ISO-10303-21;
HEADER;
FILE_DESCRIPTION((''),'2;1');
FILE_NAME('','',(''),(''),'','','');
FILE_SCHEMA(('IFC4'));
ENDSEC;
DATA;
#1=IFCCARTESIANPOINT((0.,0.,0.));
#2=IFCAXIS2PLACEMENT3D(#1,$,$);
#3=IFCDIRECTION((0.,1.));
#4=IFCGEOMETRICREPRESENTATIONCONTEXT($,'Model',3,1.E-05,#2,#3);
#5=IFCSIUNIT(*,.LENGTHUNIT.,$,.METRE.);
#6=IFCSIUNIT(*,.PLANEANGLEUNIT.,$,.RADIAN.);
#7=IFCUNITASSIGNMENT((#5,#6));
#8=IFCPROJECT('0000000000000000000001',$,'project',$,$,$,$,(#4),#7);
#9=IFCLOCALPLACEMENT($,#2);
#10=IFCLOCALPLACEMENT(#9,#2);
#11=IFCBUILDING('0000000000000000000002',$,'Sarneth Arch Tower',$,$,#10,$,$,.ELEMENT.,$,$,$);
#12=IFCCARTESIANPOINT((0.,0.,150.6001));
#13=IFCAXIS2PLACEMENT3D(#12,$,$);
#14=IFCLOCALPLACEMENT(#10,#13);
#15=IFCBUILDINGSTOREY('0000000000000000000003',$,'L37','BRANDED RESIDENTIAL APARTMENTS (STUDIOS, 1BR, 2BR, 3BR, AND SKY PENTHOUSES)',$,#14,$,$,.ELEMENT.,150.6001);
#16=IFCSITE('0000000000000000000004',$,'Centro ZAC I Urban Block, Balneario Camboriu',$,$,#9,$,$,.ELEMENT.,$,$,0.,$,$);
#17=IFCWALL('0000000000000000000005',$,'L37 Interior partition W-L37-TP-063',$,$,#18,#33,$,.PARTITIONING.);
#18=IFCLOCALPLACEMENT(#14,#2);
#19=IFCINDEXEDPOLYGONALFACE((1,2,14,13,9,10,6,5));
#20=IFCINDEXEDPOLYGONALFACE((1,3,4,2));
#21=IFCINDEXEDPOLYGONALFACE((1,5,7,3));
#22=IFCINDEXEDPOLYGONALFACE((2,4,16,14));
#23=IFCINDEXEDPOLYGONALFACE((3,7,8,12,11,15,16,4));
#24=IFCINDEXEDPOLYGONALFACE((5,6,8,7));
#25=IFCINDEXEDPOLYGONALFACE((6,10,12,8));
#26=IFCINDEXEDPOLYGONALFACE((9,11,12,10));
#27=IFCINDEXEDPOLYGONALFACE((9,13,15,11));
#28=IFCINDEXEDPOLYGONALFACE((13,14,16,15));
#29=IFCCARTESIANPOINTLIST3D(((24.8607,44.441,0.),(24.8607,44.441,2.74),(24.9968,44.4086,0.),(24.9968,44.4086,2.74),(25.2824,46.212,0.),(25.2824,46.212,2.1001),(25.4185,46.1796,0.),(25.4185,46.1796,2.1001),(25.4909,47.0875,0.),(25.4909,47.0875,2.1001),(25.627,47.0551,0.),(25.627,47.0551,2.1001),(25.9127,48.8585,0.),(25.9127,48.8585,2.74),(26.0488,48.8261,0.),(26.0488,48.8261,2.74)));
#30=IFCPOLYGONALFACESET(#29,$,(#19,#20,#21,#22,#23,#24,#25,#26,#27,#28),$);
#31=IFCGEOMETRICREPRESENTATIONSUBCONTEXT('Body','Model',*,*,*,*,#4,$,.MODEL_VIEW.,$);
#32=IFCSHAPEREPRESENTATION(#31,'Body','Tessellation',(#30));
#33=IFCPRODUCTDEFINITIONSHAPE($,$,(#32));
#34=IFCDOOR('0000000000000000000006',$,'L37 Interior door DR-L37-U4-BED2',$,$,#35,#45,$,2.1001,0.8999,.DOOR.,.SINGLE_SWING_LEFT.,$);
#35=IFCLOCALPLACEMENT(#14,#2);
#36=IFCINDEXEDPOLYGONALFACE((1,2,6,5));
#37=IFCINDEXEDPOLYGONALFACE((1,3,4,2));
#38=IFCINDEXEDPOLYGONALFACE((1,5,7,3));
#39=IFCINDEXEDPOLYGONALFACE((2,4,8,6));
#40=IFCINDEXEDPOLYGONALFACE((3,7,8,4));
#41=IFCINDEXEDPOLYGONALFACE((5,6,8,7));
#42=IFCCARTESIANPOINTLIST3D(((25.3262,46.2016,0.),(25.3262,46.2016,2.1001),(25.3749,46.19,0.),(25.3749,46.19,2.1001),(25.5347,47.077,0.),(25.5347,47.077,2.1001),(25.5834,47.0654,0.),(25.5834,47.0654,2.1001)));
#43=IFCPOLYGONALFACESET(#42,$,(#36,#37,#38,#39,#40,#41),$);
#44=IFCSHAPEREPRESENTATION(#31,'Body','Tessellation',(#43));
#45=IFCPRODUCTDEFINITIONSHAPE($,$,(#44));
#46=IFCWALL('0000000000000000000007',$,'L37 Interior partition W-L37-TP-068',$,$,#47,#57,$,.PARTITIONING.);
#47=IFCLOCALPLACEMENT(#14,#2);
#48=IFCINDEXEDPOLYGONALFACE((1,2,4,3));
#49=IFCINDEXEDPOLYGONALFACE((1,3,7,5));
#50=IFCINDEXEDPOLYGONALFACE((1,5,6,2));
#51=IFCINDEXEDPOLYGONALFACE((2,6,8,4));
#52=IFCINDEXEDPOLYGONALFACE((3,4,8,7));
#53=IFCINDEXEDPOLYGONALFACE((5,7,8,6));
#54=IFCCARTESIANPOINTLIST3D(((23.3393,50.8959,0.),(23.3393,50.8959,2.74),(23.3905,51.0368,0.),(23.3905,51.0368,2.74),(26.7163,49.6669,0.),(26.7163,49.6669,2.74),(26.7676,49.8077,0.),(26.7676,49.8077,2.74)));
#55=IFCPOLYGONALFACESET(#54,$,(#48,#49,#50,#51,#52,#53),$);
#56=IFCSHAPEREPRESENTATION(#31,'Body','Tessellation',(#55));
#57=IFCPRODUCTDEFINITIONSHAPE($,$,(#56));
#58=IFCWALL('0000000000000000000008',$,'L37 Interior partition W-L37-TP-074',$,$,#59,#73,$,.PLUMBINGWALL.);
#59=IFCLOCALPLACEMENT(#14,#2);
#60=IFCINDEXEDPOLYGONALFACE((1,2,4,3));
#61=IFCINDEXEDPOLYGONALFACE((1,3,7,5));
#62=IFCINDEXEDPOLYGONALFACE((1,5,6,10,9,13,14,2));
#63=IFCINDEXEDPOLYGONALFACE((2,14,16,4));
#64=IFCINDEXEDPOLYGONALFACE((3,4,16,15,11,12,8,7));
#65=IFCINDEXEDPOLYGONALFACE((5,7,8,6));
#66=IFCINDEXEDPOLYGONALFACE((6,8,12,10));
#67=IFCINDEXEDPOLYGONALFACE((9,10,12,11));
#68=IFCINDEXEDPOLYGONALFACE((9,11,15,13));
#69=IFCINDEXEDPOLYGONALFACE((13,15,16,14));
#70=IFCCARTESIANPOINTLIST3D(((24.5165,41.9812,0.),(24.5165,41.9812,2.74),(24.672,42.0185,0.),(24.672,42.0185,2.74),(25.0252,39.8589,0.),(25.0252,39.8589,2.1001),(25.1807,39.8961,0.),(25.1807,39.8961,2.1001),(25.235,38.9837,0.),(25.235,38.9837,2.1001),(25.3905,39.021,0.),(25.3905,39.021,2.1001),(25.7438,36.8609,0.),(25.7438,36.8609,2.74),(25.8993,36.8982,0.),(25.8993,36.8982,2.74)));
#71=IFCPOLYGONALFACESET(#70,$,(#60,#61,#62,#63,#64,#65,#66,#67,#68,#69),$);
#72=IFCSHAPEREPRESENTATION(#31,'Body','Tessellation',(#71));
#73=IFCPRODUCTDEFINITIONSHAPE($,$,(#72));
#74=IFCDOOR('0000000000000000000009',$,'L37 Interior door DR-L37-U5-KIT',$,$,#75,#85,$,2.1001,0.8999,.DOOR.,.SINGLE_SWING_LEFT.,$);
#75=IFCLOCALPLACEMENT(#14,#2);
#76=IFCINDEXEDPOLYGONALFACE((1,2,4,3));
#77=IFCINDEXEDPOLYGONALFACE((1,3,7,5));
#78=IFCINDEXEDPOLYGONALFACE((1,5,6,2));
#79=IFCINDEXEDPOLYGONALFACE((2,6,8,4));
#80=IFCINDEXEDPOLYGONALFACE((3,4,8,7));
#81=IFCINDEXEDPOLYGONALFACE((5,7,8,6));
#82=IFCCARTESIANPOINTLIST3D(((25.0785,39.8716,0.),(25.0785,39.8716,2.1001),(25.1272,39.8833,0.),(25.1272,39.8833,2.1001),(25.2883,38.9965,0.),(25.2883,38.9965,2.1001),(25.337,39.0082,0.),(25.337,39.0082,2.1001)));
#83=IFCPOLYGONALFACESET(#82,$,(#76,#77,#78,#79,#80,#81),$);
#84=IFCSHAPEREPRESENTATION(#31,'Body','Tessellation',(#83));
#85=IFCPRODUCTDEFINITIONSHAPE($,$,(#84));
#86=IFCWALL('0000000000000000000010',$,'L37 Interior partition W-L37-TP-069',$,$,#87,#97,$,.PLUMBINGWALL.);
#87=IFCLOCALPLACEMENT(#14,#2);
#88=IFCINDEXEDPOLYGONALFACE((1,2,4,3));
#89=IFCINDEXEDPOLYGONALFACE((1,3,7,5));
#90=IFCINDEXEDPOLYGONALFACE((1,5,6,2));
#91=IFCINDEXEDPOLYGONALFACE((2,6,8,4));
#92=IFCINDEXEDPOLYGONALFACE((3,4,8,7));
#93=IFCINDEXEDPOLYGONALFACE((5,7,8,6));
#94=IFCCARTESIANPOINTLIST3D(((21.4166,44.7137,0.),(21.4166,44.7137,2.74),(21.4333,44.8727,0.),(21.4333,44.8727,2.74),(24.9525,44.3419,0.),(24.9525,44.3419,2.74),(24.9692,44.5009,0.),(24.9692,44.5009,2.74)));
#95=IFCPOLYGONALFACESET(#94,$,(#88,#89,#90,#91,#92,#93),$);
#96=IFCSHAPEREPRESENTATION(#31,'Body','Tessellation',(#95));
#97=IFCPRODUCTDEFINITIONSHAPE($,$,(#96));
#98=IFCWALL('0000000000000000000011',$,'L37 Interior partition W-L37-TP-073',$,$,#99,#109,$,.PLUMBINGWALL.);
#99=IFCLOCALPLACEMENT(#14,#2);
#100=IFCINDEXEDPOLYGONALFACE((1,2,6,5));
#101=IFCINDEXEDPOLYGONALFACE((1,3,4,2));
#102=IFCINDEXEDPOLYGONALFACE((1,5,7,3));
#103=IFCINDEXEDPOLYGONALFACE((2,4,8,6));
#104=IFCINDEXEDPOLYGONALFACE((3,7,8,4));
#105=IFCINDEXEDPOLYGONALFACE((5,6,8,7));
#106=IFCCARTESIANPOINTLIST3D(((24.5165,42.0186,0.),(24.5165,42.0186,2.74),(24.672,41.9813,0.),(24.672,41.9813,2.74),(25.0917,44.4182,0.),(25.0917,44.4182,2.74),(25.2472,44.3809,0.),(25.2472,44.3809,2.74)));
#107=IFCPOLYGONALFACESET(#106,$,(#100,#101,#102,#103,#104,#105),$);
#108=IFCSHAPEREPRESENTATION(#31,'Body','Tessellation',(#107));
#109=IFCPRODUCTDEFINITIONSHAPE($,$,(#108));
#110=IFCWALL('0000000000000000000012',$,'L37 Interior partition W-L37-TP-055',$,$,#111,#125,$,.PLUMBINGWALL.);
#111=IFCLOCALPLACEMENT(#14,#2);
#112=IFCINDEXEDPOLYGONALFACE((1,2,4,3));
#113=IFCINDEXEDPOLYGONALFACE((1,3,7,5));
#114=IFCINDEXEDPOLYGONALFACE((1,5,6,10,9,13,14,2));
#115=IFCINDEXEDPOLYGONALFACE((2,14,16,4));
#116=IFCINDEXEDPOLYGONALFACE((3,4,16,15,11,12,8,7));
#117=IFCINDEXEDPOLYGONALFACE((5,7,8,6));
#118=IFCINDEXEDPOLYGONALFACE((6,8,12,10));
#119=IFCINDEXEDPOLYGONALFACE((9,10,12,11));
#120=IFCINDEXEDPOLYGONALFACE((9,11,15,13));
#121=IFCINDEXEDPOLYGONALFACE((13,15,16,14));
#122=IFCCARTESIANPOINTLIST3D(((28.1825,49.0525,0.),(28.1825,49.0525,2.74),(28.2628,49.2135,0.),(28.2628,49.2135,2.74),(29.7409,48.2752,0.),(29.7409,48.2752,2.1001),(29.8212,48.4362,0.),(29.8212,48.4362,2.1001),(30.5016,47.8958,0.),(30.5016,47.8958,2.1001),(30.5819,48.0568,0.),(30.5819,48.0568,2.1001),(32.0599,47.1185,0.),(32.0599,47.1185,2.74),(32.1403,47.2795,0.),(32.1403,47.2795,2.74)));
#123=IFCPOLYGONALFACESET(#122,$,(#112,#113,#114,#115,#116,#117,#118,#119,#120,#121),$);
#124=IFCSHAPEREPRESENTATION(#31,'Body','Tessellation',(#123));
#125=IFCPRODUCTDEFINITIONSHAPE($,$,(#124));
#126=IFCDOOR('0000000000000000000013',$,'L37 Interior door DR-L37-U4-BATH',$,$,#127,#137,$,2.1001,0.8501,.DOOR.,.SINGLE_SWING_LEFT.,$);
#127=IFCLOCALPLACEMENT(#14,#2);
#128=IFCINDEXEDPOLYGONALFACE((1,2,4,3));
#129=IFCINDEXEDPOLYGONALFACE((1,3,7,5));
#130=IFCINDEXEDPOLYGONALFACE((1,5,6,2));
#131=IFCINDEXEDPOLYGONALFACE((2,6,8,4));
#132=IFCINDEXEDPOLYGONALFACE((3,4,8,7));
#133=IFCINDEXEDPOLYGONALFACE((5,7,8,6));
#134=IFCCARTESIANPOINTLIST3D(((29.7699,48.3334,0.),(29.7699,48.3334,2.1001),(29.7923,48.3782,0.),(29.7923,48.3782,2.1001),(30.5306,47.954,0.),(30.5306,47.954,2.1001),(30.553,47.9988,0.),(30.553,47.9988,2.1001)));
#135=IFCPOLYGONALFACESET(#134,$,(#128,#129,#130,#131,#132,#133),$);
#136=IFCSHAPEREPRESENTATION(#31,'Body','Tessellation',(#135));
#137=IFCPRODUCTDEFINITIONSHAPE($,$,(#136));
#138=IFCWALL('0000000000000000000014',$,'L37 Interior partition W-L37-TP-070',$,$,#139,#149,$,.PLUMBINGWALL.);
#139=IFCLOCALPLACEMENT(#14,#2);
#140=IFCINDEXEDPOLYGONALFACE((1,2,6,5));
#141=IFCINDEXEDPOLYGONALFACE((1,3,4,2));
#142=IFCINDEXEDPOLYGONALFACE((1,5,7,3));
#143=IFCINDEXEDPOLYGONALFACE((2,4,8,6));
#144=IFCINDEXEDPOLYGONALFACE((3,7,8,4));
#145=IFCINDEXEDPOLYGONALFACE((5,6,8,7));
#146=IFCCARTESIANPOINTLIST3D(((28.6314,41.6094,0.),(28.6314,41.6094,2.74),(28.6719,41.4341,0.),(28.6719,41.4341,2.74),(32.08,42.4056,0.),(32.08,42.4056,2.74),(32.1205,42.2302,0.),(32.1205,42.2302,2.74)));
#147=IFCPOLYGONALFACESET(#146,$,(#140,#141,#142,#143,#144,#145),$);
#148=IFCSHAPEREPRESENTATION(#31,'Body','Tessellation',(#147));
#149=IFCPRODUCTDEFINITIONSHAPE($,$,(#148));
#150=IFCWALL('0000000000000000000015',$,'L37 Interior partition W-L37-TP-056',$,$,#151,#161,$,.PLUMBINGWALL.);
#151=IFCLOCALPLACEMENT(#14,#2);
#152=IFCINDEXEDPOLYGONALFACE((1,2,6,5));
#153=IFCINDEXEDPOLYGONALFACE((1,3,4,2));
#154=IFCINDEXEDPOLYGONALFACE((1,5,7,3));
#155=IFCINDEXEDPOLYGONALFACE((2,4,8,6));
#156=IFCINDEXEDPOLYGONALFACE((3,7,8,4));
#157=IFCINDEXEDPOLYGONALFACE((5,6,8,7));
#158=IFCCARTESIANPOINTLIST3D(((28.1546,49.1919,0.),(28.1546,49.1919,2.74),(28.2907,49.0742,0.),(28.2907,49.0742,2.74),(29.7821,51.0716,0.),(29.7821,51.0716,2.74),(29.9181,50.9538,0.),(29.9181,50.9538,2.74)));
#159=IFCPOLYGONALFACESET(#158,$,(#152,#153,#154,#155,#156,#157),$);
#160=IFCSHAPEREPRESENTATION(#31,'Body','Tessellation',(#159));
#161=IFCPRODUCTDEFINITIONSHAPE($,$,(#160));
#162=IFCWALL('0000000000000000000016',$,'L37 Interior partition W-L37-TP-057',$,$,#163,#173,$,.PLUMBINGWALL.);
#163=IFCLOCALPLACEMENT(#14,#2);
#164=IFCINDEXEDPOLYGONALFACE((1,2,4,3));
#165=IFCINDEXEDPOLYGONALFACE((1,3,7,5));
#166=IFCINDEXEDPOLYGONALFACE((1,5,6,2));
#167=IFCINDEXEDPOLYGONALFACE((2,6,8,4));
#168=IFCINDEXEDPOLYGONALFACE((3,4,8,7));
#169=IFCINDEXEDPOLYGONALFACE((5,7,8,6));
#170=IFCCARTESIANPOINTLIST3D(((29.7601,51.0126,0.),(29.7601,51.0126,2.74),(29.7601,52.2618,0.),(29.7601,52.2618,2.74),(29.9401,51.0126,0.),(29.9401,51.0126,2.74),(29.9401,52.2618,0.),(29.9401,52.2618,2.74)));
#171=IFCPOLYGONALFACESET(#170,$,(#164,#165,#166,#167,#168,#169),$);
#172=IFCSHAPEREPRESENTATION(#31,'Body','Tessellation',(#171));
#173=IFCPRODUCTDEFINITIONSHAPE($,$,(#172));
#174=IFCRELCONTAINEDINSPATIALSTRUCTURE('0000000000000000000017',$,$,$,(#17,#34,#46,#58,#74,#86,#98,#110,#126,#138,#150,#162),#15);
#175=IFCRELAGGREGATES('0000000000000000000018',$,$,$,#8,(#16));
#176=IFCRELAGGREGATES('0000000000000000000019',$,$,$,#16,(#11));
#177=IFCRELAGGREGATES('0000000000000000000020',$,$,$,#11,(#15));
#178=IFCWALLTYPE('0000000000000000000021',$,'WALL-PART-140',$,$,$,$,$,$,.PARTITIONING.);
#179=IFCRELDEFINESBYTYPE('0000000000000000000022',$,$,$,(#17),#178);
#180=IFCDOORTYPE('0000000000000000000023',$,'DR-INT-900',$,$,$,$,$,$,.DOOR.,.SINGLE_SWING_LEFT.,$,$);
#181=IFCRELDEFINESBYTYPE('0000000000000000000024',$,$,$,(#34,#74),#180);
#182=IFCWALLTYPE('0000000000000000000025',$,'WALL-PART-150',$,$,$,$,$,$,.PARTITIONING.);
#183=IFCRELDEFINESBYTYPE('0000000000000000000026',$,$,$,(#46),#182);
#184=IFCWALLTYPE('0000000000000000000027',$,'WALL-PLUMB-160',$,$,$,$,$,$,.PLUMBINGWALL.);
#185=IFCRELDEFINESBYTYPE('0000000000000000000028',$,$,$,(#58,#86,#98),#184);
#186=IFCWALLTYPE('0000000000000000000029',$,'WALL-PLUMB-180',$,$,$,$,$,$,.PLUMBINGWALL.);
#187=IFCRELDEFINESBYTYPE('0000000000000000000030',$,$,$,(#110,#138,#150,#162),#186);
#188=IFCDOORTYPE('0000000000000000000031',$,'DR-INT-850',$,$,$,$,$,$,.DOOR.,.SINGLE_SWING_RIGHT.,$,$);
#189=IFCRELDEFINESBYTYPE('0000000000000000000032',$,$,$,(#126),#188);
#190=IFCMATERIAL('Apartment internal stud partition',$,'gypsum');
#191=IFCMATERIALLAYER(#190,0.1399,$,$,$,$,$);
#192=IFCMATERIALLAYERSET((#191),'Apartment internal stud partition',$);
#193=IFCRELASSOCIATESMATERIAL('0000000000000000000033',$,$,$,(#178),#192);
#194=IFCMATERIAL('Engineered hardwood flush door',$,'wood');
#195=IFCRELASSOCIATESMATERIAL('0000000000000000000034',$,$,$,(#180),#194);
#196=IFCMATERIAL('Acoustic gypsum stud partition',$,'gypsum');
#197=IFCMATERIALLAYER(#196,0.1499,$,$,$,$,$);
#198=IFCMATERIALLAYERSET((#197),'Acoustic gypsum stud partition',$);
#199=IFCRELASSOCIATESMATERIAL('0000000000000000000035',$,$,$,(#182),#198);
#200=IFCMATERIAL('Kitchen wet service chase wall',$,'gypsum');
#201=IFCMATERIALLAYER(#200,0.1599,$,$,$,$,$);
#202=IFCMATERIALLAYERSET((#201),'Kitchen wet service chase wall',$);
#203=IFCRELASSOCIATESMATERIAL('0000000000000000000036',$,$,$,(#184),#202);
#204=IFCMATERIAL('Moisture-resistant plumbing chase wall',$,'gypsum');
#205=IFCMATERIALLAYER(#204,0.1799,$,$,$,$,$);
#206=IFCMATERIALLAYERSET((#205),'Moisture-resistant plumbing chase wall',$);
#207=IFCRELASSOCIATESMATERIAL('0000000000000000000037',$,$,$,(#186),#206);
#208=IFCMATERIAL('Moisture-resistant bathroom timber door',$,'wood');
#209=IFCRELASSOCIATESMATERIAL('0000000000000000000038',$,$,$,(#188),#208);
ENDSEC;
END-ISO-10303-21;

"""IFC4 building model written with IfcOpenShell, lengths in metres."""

from ifc_helpers import new_model, si_unit, direction, frame, frame_2d, origin, place, context, subcontext, project, spatial, rectangle, extrude, material, layer, layer_set, type_object, element, fill, save


model = new_model("IFC4")

# Units and contexts
model_context = context("Model", 3, precision=1e-05, world=origin(), true_north=direction((0.0, 1.0)))
body_context = subcontext(model_context, "Body", "Model", "MODEL_VIEW")
ifc_project = project(units=[si_unit("LENGTHUNIT", "METRE"), si_unit("PLANEANGLEUNIT", "RADIAN")], contexts=[model_context])

# Site, building, storey
site_placement = place(None, origin())
site = spatial("IfcSite", under=ifc_project, at=site_placement, Name="Centro ZAC I Urban Block, Balneario Camboriu", CompositionType="ELEMENT", RefElevation=0.0)
building_placement = place(site_placement, origin())
building = spatial("IfcBuilding", under=site, at=building_placement, Name="Sarneth Arch Tower", CompositionType="ELEMENT")
storey_placement = place(building_placement, frame((0.0, 0.0, 150.6001)))
storey = spatial("IfcBuildingStorey", under=building, at=storey_placement, Name="L37", Description="BRANDED RESIDENTIAL APARTMENTS (STUDIOS, 1BR, 2BR, 3BR, AND SKY PENTHOUSES)", CompositionType="ELEMENT", Elevation=150.6001)

# Wall, opening, door
ifc_material_1 = material(Name="Apartment internal stud partition", Category="gypsum")
ifc_layer_1 = layer(ifc_material_1, 0.1399)
ifc_layer_set_1 = layer_set([ifc_layer_1], Name="Apartment internal stud partition")
wall_type_1 = type_object("IfcWallType", Name="WALL-PART-140", PredefinedType="PARTITIONING", material=ifc_layer_set_1)
wall_1_placement = place(storey_placement, frame((24.9287, 44.4248, 0.0), z_axis=(0.0, 0.0, 1.0), x_axis=(0.231667, 0.972795, 0.0)))
wall_1 = element("IfcWall", 1, at=wall_1_placement, inside=storey, type_object=wall_type_1, Name="L37 Interior partition W-L37-TP-063", PredefinedType="PARTITIONING", context=body_context, shape_type="SweptSolid", body=[
    extrude(rectangle(XDim=4.541, YDim=0.1399, at=frame_2d((2.2705, 0.0))), origin(), (0.0, 0.0, 1.0), 2.74),
])
opening_1_placement = place(wall_1_placement, frame((1.8206, 0.0, 0.0)))
opening_1 = element("IfcOpeningElement", 2, at=opening_1_placement, cuts=wall_1, PredefinedType="OPENING", context=body_context, shape_type="SweptSolid", body=[
    extrude(rectangle(XDim=0.8999, YDim=2.1001, at=frame_2d((0.45, 1.05))), frame((0.0, 0.0798, 0.0), z_axis=(0.0, -1.0, 0.0), x_axis=(1.0, 0.0, 0.0)), (0.0, 0.0, 1.0), 0.1599),
])
ifc_material_2 = material(Name="Engineered hardwood flush door", Category="wood")
door_type_1 = type_object("IfcDoorType", Name="DR-INT-900", OperationType="SINGLE_SWING_LEFT", PredefinedType="DOOR", material=ifc_material_2)
door_1_placement = place(opening_1_placement, origin())
door_1 = element("IfcDoor", 3, at=door_1_placement, inside=storey, type_object=door_type_1, Name="L37 Interior door DR-L37-U4-BED2", OperationType="SINGLE_SWING_LEFT", OverallHeight=2.1001, OverallWidth=0.8999, PredefinedType="DOOR", context=body_context, shape_type="SweptSolid", body=[
    extrude(rectangle(XDim=0.8999, YDim=2.1001, at=frame_2d((0.45, 1.05))), frame((0.0, 0.0249, 0.0), z_axis=(0.0, -1.0, 0.0), x_axis=(1.0, 0.0, 0.0)), (0.0, 0.0, 1.0), 0.05),
])
fill(opening_1, door_1)

# Wall
ifc_material_3 = material(Name="Acoustic gypsum stud partition", Category="gypsum")
ifc_layer_2 = layer(ifc_material_3, 0.1499)
ifc_layer_set_2 = layer_set([ifc_layer_2], Name="Acoustic gypsum stud partition")
wall_type_2 = type_object("IfcWallType", Name="WALL-PART-150", PredefinedType="PARTITIONING", material=ifc_layer_set_2)
wall_2_placement = place(storey_placement, frame((26.7419, 49.7373, 0.0), z_axis=(0.0, 0.0, 1.0), x_axis=(-0.939702, 0.341994, 0.0)))
element("IfcWall", 4, at=wall_2_placement, inside=storey, type_object=wall_type_2, Name="L37 Interior partition W-L37-TP-068", PredefinedType="PARTITIONING", context=body_context, shape_type="SweptSolid", body=[
    extrude(rectangle(XDim=3.5938, YDim=0.1499, at=frame_2d((1.7969, 0.0))), origin(), (0.0, 0.0, 1.0), 2.74),
])

# Wall, opening, door
ifc_material_4 = material(Name="Kitchen wet service chase wall", Category="gypsum")
ifc_layer_3 = layer(ifc_material_4, 0.1599)
ifc_layer_set_3 = layer_set([ifc_layer_3], Name="Kitchen wet service chase wall")
wall_type_3 = type_object("IfcWallType", Name="WALL-PLUMB-160", PredefinedType="PLUMBINGWALL", material=ifc_layer_set_3)
wall_3_placement = place(storey_placement, frame((24.5942, 42.0, 0.0), z_axis=(0.0, 0.0, 1.0), x_axis=(0.233087, -0.972456, 0.0)))
wall_3 = element("IfcWall", 5, at=wall_3_placement, inside=storey, type_object=wall_type_3, Name="L37 Interior partition W-L37-TP-074", PredefinedType="PLUMBINGWALL", context=body_context, shape_type="SweptSolid", body=[
    extrude(rectangle(XDim=5.2654, YDim=0.1599, at=frame_2d((2.6328, 0.0))), origin(), (0.0, 0.0, 1.0), 2.74),
])
opening_2_placement = place(wall_3_placement, frame((2.1826, 0.0, 0.0)))
opening_2 = element("IfcOpeningElement", 6, at=opening_2_placement, cuts=wall_3, PredefinedType="OPENING", context=body_context, shape_type="SweptSolid", body=[
    extrude(rectangle(XDim=0.8999, YDim=2.1001, at=frame_2d((0.45, 1.05))), frame((0.0, 0.0898, 0.0), z_axis=(0.0, -1.0, 0.0), x_axis=(1.0, 0.0, 0.0)), (0.0, 0.0, 1.0), 0.1799),
])
door_2_placement = place(opening_2_placement, origin())
door_2 = element("IfcDoor", 7, at=door_2_placement, inside=storey, type_object=door_type_1, Name="L37 Interior door DR-L37-U5-KIT", OperationType="SINGLE_SWING_LEFT", OverallHeight=2.1001, OverallWidth=0.8999, PredefinedType="DOOR", context=body_context, shape_type="SweptSolid", body=[
    extrude(rectangle(XDim=0.8999, YDim=2.1001, at=frame_2d((0.45, 1.05))), frame((0.0, 0.0249, 0.0), z_axis=(0.0, -1.0, 0.0), x_axis=(1.0, 0.0, 0.0)), (0.0, 0.0, 1.0), 0.05),
])
fill(opening_2, door_2)

# Walls
wall_4_placement = place(storey_placement, frame((21.4248, 44.7932, 0.0), z_axis=(0.0, 0.0, 1.0), x_axis=(0.994516, -0.104581, 0.0)))
element("IfcWall", 8, at=wall_4_placement, inside=storey, type_object=wall_type_3, Name="L37 Interior partition W-L37-TP-069", PredefinedType="PLUMBINGWALL", context=body_context, shape_type="SweptSolid", body=[
    extrude(rectangle(XDim=3.5554, YDim=0.1599, at=frame_2d((1.7778, 0.0))), origin(), (0.0, 0.0, 1.0), 2.74),
])
wall_5_placement = place(storey_placement, frame((25.1694, 44.3997, 0.0), z_axis=(0.0, 0.0, 1.0), x_axis=(-0.233096, -0.972454, 0.0)))
element("IfcWall", 9, at=wall_5_placement, inside=storey, type_object=wall_type_3, Name="L37 Interior partition W-L37-TP-073", PredefinedType="PLUMBINGWALL", context=body_context, shape_type="SweptSolid", body=[
    extrude(rectangle(XDim=2.4675, YDim=0.1599, at=frame_2d((1.2339, 0.0))), origin(), (0.0, 0.0, 1.0), 2.74),
])

# Wall, opening, door
ifc_material_5 = material(Name="Moisture-resistant plumbing chase wall", Category="gypsum")
ifc_layer_4 = layer(ifc_material_5, 0.1799)
ifc_layer_set_4 = layer_set([ifc_layer_4], Name="Moisture-resistant plumbing chase wall")
wall_type_4 = type_object("IfcWallType", Name="WALL-PLUMB-180", PredefinedType="PLUMBINGWALL", material=ifc_layer_set_4)
wall_6_placement = place(storey_placement, frame((32.1001, 47.199, 0.0), z_axis=(0.0, 0.0, 1.0), x_axis=(-0.894855, 0.446357, 0.0)))
wall_6 = element("IfcWall", 10, at=wall_6_placement, inside=storey, type_object=wall_type_4, Name="L37 Interior partition W-L37-TP-055", PredefinedType="PLUMBINGWALL", context=body_context, shape_type="SweptSolid", body=[
    extrude(rectangle(XDim=4.333, YDim=0.1799, at=frame_2d((2.1665, 0.0))), origin(), (0.0, 0.0, 1.0), 2.74),
])
opening_3_placement = place(wall_6_placement, frame((1.7415, 0.0, 0.0)))
opening_3 = element("IfcOpeningElement", 11, at=opening_3_placement, cuts=wall_6, PredefinedType="OPENING", context=body_context, shape_type="SweptSolid", body=[
    extrude(rectangle(XDim=0.8501, YDim=2.1001, at=frame_2d((0.425, 1.05))), frame((0.0, 0.0999, 0.0), z_axis=(0.0, -1.0, 0.0), x_axis=(1.0, 0.0, 0.0)), (0.0, 0.0, 1.0), 0.2),
])
ifc_material_6 = material(Name="Moisture-resistant bathroom timber door", Category="wood")
door_type_2 = type_object("IfcDoorType", Name="DR-INT-850", OperationType="SINGLE_SWING_RIGHT", PredefinedType="DOOR", material=ifc_material_6)
door_3_placement = place(opening_3_placement, origin())
door_3 = element("IfcDoor", 12, at=door_3_placement, inside=storey, type_object=door_type_2, Name="L37 Interior door DR-L37-U4-BATH", OperationType="SINGLE_SWING_LEFT", OverallHeight=2.1001, OverallWidth=0.8501, PredefinedType="DOOR", context=body_context, shape_type="SweptSolid", body=[
    extrude(rectangle(XDim=0.8501, YDim=2.1001, at=frame_2d((0.425, 1.05))), frame((0.0, 0.0249, 0.0), z_axis=(0.0, -1.0, 0.0), x_axis=(1.0, 0.0, 0.0)), (0.0, 0.0, 1.0), 0.05),
])
fill(opening_3, door_3)

# Walls
wall_7_placement = place(storey_placement, frame((32.1001, 42.3179, 0.0), z_axis=(0.0, 0.0, 1.0), x_axis=(-0.97437, -0.22495, 0.0)))
element("IfcWall", 13, at=wall_7_placement, inside=storey, type_object=wall_type_4, Name="L37 Interior partition W-L37-TP-070", PredefinedType="PLUMBINGWALL", context=body_context, shape_type="SweptSolid", body=[
    extrude(rectangle(XDim=3.5393, YDim=0.1799, at=frame_2d((1.7695, 0.0))), origin(), (0.0, 0.0, 1.0), 2.74),
])
wall_8_placement = place(storey_placement, frame((28.2227, 49.1331, 0.0), z_axis=(0.0, 0.0, 1.0), x_axis=(0.654568, 0.756003, 0.0)))
element("IfcWall", 14, at=wall_8_placement, inside=storey, type_object=wall_type_4, Name="L37 Interior partition W-L37-TP-056", PredefinedType="PLUMBINGWALL", context=body_context, shape_type="SweptSolid", body=[
    extrude(rectangle(XDim=2.4863, YDim=0.1799, at=frame_2d((1.2432, 0.0))), origin(), (0.0, 0.0, 1.0), 2.74),
])
wall_9_placement = place(storey_placement, frame((29.8501, 51.0127, 0.0), z_axis=(0.0, 0.0, 1.0), x_axis=(0.0, 1.0, 0.0)))
element("IfcWall", 15, at=wall_9_placement, inside=storey, type_object=wall_type_4, Name="L37 Interior partition W-L37-TP-057", PredefinedType="PLUMBINGWALL", context=body_context, shape_type="SweptSolid", body=[
    extrude(rectangle(XDim=1.2493, YDim=0.1799, at=frame_2d((0.6245, 0.0))), origin(), (0.0, 0.0, 1.0), 2.74),
])

save(model, "model.ifc")
